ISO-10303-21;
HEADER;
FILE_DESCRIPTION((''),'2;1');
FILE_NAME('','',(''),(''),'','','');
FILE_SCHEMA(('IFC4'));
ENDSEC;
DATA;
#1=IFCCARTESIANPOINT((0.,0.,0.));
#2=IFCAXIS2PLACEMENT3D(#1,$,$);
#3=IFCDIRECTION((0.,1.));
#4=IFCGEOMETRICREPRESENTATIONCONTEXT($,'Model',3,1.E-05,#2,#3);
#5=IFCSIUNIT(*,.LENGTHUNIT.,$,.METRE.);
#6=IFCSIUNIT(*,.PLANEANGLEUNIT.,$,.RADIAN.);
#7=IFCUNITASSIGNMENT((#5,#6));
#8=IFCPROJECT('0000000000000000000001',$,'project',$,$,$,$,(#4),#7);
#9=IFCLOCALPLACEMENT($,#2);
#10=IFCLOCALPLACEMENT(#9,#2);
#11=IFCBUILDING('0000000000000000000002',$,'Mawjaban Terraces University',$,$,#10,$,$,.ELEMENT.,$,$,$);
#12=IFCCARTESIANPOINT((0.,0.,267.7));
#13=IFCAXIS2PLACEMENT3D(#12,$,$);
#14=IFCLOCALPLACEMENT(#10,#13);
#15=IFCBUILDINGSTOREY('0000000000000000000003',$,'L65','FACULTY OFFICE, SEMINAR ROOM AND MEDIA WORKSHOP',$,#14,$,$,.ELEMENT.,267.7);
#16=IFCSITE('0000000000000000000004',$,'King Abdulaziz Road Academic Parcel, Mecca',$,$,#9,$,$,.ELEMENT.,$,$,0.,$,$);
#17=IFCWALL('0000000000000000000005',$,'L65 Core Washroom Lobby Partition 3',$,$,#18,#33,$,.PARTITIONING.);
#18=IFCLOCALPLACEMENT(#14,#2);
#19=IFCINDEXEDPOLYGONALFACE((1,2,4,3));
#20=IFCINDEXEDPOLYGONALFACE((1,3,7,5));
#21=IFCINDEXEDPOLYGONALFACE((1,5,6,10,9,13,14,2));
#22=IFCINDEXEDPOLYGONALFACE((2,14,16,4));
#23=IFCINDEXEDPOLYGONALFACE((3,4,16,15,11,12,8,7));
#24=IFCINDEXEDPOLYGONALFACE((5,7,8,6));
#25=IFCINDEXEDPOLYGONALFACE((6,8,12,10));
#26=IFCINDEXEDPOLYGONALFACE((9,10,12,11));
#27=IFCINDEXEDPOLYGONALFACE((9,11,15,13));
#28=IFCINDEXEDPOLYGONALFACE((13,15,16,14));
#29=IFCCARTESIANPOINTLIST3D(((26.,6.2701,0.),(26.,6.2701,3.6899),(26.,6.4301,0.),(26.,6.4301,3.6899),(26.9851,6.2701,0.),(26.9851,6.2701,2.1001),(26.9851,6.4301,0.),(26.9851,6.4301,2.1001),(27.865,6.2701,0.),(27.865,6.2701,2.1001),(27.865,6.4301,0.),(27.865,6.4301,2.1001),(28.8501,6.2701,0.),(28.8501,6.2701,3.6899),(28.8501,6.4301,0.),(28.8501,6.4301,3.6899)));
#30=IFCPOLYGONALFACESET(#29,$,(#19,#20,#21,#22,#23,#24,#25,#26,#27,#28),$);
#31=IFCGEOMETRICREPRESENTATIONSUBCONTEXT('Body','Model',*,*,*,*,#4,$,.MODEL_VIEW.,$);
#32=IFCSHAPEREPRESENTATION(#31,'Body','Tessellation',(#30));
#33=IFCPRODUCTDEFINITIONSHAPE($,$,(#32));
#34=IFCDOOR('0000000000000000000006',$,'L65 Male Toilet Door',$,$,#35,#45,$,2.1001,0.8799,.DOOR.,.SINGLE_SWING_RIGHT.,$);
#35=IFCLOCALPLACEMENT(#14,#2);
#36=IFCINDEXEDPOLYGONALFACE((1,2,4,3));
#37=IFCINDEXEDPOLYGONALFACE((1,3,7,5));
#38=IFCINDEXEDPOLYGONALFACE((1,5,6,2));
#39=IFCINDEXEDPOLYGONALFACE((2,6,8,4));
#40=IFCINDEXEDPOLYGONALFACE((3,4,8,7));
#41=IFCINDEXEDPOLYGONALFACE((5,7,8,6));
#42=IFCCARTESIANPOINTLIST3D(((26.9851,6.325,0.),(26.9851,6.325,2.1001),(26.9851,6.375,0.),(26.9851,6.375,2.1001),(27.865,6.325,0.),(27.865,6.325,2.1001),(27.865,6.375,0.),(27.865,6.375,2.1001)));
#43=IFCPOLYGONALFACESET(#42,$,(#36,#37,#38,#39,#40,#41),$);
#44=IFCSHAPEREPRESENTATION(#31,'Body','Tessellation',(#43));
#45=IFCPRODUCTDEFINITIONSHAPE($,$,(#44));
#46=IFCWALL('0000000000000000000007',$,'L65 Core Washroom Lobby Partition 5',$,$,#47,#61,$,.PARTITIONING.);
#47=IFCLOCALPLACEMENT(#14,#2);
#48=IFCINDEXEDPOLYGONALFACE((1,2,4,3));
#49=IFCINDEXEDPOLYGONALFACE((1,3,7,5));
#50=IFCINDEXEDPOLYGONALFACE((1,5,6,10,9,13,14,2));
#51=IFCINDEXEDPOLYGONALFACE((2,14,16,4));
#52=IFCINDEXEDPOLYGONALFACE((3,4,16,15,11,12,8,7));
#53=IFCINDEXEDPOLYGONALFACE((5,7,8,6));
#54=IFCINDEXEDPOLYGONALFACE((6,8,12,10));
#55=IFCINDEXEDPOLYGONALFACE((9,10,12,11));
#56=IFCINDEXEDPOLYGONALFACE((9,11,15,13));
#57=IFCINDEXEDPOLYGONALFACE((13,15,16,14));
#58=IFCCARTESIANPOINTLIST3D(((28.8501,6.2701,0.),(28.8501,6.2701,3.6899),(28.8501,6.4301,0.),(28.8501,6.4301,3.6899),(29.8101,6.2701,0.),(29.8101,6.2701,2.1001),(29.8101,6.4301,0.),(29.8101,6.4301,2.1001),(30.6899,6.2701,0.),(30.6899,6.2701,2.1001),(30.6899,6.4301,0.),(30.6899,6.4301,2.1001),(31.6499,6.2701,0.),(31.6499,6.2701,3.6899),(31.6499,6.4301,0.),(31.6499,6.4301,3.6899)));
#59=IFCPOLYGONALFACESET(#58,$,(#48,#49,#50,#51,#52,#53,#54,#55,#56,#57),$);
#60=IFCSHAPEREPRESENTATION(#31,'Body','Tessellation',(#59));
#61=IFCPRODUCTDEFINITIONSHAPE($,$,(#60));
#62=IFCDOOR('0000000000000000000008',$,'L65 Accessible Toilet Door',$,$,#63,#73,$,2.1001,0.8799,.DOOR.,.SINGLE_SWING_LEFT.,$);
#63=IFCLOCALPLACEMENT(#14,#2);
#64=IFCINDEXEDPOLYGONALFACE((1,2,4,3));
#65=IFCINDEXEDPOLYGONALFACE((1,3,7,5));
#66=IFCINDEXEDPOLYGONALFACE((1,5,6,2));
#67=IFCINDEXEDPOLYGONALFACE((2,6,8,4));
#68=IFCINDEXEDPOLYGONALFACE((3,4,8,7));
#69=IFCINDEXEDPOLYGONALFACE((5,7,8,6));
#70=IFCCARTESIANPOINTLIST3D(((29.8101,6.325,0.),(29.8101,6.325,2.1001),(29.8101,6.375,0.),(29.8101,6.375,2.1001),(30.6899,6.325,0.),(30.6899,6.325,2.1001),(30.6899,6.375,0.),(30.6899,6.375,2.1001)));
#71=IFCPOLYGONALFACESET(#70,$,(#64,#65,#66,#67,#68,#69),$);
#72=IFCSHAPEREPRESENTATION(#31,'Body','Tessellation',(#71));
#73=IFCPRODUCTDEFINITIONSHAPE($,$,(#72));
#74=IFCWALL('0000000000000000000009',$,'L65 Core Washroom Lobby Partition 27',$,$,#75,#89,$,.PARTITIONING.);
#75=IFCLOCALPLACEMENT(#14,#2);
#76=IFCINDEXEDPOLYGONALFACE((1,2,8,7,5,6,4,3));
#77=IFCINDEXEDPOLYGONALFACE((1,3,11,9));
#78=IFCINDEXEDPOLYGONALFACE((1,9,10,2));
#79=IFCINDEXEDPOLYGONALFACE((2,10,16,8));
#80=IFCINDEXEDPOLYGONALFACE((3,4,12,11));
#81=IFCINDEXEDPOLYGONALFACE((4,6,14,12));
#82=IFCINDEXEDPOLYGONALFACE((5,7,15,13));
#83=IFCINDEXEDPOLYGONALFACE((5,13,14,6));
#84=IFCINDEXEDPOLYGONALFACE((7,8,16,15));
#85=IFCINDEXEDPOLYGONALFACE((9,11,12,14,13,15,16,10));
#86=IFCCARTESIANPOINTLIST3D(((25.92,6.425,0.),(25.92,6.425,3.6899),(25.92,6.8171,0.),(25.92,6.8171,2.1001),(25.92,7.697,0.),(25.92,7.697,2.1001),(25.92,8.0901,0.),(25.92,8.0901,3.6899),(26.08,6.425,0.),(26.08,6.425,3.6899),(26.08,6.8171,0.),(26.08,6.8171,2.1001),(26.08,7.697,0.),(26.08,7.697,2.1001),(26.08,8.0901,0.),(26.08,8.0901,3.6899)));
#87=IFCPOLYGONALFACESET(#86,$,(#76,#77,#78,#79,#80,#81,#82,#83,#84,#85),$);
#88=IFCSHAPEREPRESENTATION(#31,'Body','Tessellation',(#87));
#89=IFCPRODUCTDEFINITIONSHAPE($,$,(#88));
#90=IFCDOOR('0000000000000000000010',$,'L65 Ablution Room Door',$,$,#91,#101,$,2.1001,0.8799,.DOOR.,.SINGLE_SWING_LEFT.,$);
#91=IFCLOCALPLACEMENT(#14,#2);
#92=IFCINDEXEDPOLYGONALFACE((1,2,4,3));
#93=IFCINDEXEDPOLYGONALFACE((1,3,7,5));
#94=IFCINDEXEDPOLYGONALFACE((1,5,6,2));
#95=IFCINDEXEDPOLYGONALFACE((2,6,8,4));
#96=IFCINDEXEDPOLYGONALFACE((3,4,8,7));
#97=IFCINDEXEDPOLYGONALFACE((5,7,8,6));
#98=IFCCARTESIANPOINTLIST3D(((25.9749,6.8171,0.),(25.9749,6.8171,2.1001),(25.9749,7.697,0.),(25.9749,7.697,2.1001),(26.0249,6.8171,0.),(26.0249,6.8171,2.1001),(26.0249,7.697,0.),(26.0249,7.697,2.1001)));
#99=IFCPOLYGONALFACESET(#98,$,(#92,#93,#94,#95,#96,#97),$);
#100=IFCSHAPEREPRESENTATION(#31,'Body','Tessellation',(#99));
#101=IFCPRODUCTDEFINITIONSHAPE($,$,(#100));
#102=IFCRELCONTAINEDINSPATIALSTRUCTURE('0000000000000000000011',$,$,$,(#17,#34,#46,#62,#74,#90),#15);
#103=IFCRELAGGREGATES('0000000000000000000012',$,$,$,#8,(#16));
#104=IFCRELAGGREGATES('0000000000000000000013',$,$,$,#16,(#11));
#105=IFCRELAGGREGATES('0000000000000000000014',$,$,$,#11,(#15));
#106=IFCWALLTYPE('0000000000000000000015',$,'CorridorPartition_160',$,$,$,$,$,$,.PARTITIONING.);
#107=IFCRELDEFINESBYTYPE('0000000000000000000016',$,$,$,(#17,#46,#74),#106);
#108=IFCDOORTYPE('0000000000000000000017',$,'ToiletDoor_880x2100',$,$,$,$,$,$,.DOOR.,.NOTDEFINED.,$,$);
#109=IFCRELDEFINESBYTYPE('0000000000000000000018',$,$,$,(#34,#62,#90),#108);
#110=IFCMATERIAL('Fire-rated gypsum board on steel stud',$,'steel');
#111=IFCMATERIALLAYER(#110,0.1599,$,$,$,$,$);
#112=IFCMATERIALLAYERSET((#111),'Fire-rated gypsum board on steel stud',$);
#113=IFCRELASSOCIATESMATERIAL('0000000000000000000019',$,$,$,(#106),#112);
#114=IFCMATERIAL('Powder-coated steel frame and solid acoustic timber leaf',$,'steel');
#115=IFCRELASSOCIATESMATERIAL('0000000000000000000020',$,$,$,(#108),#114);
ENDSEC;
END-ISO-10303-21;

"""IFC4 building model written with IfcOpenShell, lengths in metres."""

from ifc_helpers import new_model, si_unit, direction, frame, frame_2d, origin, place, context, subcontext, project, spatial, rectangle, extrude, material, layer, layer_set, type_object, element, fill, save


model = new_model("IFC4")

# Units and contexts
model_context = context("Model", 3, precision=1e-05, world=origin(), true_north=direction((0.0, 1.0)))
body_context = subcontext(model_context, "Body", "Model", "MODEL_VIEW")
ifc_project = project(units=[si_unit("LENGTHUNIT", "METRE"), si_unit("PLANEANGLEUNIT", "RADIAN")], contexts=[model_context])

# Site, building, storey
site_placement = place(None, origin())
site = spatial("IfcSite", under=ifc_project, at=site_placement, Name="King Abdulaziz Road Academic Parcel, Mecca", CompositionType="ELEMENT", RefElevation=0.0)
building_placement = place(site_placement, origin())
building = spatial("IfcBuilding", under=site, at=building_placement, Name="Mawjaban Terraces University", CompositionType="ELEMENT")
storey_placement = place(building_placement, frame((0.0, 0.0, 267.7)))
storey = spatial("IfcBuildingStorey", under=building, at=storey_placement, Name="L65", Description="FACULTY OFFICE, SEMINAR ROOM AND MEDIA WORKSHOP", CompositionType="ELEMENT", Elevation=267.7)

# Walls, openings, doors
ifc_material_1 = material(Name="Fire-rated gypsum board on steel stud", Category="steel")
ifc_layer_1 = layer(ifc_material_1, 0.1599)
ifc_layer_set_1 = layer_set([ifc_layer_1], Name="Fire-rated gypsum board on steel stud")
wall_type_1 = type_object("IfcWallType", Name="CorridorPartition_160", PredefinedType="PARTITIONING", material=ifc_layer_set_1)
wall_1_placement = place(storey_placement, frame((26.0, 6.3501, 0.0), z_axis=(0.0, 0.0, 1.0), x_axis=(1.0, 0.0, 0.0)))
wall_1 = element("IfcWall", 1, at=wall_1_placement, inside=storey, type_object=wall_type_1, Name="L65 Core Washroom Lobby Partition 3", PredefinedType="PARTITIONING", context=body_context, shape_type="SweptSolid", body=[
    extrude(rectangle(XDim=2.8501, YDim=0.1599, at=frame_2d((1.425, 0.0))), origin(), (0.0, 0.0, 1.0), 3.6899),
])
opening_1_placement = place(wall_1_placement, frame((0.9851, 0.0, 0.0)))
opening_1 = element("IfcOpeningElement", 2, at=opening_1_placement, cuts=wall_1, PredefinedType="OPENING", context=body_context, shape_type="SweptSolid", body=[
    extrude(rectangle(XDim=0.8799, YDim=2.1001, at=frame_2d((0.4399, 1.05))), frame((0.0, 0.0898, 0.0), z_axis=(0.0, -1.0, 0.0), x_axis=(1.0, 0.0, 0.0)), (0.0, 0.0, 1.0), 0.1799),
])
ifc_material_2 = material(Name="Powder-coated steel frame and solid acoustic timber leaf", Category="steel")
door_type = type_object("IfcDoorType", Name="ToiletDoor_880x2100", OperationType="NOTDEFINED", PredefinedType="DOOR", material=ifc_material_2)
door_1_placement = place(opening_1_placement, origin())
door_1 = element("IfcDoor", 3, at=door_1_placement, inside=storey, type_object=door_type, Name="L65 Male Toilet Door", OperationType="SINGLE_SWING_RIGHT", OverallHeight=2.1001, OverallWidth=0.8799, PredefinedType="DOOR", context=body_context, shape_type="SweptSolid", body=[
    extrude(rectangle(XDim=0.8799, YDim=2.1001, at=frame_2d((0.4399, 1.05))), frame((0.0, 0.0249, 0.0), z_axis=(0.0, -1.0, 0.0), x_axis=(1.0, 0.0, 0.0)), (0.0, 0.0, 1.0), 0.05),
])
fill(opening_1, door_1)
wall_2_placement = place(storey_placement, frame((28.8501, 6.3501, 0.0), z_axis=(0.0, 0.0, 1.0), x_axis=(1.0, 0.0, 0.0)))
wall_2 = element("IfcWall", 4, at=wall_2_placement, inside=storey, type_object=wall_type_1, Name="L65 Core Washroom Lobby Partition 5", PredefinedType="PARTITIONING", context=body_context, shape_type="SweptSolid", body=[
    extrude(rectangle(XDim=2.7998, YDim=0.1599, at=frame_2d((1.3999, 0.0))), origin(), (0.0, 0.0, 1.0), 3.6899),
])
opening_2_placement = place(wall_2_placement, frame((0.96, 0.0, 0.0)))
opening_2 = element("IfcOpeningElement", 5, at=opening_2_placement, cuts=wall_2, PredefinedType="OPENING", context=body_context, shape_type="SweptSolid", body=[
    extrude(rectangle(XDim=0.8799, YDim=2.1001, at=frame_2d((0.4399, 1.05))), frame((0.0, 0.0898, 0.0), z_axis=(0.0, -1.0, 0.0), x_axis=(1.0, 0.0, 0.0)), (0.0, 0.0, 1.0), 0.1799),
])
door_2_placement = place(opening_2_placement, origin())
door_2 = element("IfcDoor", 6, at=door_2_placement, inside=storey, type_object=door_type, Name="L65 Accessible Toilet Door", OperationType="SINGLE_SWING_LEFT", OverallHeight=2.1001, OverallWidth=0.8799, PredefinedType="DOOR", context=body_context, shape_type="SweptSolid", body=[
    extrude(rectangle(XDim=0.8799, YDim=2.1001, at=frame_2d((0.4399, 1.05))), frame((0.0, 0.0249, 0.0), z_axis=(0.0, -1.0, 0.0), x_axis=(1.0, 0.0, 0.0)), (0.0, 0.0, 1.0), 0.05),
])
fill(opening_2, door_2)
wall_3_placement = place(storey_placement, frame((26.0, 8.0901, 0.0), z_axis=(0.0, 0.0, 1.0), x_axis=(0.0, -1.0, 0.0)))
wall_3 = element("IfcWall", 7, at=wall_3_placement, inside=storey, type_object=wall_type_1, Name="L65 Core Washroom Lobby Partition 27", PredefinedType="PARTITIONING", context=body_context, shape_type="SweptSolid", body=[
    extrude(rectangle(XDim=1.665, YDim=0.1599, at=frame_2d((0.8325, 0.0))), origin(), (0.0, 0.0, 1.0), 3.6899),
])
opening_3_placement = place(wall_3_placement, frame((0.3931, 0.0, 0.0)))
opening_3 = element("IfcOpeningElement", 8, at=opening_3_placement, cuts=wall_3, PredefinedType="OPENING", context=body_context, shape_type="SweptSolid", body=[
    extrude(rectangle(XDim=0.8799, YDim=2.1001, at=frame_2d((0.4399, 1.05))), frame((0.0, 0.0898, 0.0), z_axis=(0.0, -1.0, 0.0), x_axis=(1.0, 0.0, 0.0)), (0.0, 0.0, 1.0), 0.1799),
])
door_3_placement = place(opening_3_placement, origin())
door_3 = element("IfcDoor", 9, at=door_3_placement, inside=storey, type_object=door_type, Name="L65 Ablution Room Door", OperationType="SINGLE_SWING_LEFT", OverallHeight=2.1001, OverallWidth=0.8799, PredefinedType="DOOR", context=body_context, shape_type="SweptSolid", body=[
    extrude(rectangle(XDim=0.8799, YDim=2.1001, at=frame_2d((0.4399, 1.05))), frame((0.0, 0.0249, 0.0), z_axis=(0.0, -1.0, 0.0), x_axis=(1.0, 0.0, 0.0)), (0.0, 0.0, 1.0), 0.05),
])
fill(opening_3, door_3)

save(model, "model.ifc")
